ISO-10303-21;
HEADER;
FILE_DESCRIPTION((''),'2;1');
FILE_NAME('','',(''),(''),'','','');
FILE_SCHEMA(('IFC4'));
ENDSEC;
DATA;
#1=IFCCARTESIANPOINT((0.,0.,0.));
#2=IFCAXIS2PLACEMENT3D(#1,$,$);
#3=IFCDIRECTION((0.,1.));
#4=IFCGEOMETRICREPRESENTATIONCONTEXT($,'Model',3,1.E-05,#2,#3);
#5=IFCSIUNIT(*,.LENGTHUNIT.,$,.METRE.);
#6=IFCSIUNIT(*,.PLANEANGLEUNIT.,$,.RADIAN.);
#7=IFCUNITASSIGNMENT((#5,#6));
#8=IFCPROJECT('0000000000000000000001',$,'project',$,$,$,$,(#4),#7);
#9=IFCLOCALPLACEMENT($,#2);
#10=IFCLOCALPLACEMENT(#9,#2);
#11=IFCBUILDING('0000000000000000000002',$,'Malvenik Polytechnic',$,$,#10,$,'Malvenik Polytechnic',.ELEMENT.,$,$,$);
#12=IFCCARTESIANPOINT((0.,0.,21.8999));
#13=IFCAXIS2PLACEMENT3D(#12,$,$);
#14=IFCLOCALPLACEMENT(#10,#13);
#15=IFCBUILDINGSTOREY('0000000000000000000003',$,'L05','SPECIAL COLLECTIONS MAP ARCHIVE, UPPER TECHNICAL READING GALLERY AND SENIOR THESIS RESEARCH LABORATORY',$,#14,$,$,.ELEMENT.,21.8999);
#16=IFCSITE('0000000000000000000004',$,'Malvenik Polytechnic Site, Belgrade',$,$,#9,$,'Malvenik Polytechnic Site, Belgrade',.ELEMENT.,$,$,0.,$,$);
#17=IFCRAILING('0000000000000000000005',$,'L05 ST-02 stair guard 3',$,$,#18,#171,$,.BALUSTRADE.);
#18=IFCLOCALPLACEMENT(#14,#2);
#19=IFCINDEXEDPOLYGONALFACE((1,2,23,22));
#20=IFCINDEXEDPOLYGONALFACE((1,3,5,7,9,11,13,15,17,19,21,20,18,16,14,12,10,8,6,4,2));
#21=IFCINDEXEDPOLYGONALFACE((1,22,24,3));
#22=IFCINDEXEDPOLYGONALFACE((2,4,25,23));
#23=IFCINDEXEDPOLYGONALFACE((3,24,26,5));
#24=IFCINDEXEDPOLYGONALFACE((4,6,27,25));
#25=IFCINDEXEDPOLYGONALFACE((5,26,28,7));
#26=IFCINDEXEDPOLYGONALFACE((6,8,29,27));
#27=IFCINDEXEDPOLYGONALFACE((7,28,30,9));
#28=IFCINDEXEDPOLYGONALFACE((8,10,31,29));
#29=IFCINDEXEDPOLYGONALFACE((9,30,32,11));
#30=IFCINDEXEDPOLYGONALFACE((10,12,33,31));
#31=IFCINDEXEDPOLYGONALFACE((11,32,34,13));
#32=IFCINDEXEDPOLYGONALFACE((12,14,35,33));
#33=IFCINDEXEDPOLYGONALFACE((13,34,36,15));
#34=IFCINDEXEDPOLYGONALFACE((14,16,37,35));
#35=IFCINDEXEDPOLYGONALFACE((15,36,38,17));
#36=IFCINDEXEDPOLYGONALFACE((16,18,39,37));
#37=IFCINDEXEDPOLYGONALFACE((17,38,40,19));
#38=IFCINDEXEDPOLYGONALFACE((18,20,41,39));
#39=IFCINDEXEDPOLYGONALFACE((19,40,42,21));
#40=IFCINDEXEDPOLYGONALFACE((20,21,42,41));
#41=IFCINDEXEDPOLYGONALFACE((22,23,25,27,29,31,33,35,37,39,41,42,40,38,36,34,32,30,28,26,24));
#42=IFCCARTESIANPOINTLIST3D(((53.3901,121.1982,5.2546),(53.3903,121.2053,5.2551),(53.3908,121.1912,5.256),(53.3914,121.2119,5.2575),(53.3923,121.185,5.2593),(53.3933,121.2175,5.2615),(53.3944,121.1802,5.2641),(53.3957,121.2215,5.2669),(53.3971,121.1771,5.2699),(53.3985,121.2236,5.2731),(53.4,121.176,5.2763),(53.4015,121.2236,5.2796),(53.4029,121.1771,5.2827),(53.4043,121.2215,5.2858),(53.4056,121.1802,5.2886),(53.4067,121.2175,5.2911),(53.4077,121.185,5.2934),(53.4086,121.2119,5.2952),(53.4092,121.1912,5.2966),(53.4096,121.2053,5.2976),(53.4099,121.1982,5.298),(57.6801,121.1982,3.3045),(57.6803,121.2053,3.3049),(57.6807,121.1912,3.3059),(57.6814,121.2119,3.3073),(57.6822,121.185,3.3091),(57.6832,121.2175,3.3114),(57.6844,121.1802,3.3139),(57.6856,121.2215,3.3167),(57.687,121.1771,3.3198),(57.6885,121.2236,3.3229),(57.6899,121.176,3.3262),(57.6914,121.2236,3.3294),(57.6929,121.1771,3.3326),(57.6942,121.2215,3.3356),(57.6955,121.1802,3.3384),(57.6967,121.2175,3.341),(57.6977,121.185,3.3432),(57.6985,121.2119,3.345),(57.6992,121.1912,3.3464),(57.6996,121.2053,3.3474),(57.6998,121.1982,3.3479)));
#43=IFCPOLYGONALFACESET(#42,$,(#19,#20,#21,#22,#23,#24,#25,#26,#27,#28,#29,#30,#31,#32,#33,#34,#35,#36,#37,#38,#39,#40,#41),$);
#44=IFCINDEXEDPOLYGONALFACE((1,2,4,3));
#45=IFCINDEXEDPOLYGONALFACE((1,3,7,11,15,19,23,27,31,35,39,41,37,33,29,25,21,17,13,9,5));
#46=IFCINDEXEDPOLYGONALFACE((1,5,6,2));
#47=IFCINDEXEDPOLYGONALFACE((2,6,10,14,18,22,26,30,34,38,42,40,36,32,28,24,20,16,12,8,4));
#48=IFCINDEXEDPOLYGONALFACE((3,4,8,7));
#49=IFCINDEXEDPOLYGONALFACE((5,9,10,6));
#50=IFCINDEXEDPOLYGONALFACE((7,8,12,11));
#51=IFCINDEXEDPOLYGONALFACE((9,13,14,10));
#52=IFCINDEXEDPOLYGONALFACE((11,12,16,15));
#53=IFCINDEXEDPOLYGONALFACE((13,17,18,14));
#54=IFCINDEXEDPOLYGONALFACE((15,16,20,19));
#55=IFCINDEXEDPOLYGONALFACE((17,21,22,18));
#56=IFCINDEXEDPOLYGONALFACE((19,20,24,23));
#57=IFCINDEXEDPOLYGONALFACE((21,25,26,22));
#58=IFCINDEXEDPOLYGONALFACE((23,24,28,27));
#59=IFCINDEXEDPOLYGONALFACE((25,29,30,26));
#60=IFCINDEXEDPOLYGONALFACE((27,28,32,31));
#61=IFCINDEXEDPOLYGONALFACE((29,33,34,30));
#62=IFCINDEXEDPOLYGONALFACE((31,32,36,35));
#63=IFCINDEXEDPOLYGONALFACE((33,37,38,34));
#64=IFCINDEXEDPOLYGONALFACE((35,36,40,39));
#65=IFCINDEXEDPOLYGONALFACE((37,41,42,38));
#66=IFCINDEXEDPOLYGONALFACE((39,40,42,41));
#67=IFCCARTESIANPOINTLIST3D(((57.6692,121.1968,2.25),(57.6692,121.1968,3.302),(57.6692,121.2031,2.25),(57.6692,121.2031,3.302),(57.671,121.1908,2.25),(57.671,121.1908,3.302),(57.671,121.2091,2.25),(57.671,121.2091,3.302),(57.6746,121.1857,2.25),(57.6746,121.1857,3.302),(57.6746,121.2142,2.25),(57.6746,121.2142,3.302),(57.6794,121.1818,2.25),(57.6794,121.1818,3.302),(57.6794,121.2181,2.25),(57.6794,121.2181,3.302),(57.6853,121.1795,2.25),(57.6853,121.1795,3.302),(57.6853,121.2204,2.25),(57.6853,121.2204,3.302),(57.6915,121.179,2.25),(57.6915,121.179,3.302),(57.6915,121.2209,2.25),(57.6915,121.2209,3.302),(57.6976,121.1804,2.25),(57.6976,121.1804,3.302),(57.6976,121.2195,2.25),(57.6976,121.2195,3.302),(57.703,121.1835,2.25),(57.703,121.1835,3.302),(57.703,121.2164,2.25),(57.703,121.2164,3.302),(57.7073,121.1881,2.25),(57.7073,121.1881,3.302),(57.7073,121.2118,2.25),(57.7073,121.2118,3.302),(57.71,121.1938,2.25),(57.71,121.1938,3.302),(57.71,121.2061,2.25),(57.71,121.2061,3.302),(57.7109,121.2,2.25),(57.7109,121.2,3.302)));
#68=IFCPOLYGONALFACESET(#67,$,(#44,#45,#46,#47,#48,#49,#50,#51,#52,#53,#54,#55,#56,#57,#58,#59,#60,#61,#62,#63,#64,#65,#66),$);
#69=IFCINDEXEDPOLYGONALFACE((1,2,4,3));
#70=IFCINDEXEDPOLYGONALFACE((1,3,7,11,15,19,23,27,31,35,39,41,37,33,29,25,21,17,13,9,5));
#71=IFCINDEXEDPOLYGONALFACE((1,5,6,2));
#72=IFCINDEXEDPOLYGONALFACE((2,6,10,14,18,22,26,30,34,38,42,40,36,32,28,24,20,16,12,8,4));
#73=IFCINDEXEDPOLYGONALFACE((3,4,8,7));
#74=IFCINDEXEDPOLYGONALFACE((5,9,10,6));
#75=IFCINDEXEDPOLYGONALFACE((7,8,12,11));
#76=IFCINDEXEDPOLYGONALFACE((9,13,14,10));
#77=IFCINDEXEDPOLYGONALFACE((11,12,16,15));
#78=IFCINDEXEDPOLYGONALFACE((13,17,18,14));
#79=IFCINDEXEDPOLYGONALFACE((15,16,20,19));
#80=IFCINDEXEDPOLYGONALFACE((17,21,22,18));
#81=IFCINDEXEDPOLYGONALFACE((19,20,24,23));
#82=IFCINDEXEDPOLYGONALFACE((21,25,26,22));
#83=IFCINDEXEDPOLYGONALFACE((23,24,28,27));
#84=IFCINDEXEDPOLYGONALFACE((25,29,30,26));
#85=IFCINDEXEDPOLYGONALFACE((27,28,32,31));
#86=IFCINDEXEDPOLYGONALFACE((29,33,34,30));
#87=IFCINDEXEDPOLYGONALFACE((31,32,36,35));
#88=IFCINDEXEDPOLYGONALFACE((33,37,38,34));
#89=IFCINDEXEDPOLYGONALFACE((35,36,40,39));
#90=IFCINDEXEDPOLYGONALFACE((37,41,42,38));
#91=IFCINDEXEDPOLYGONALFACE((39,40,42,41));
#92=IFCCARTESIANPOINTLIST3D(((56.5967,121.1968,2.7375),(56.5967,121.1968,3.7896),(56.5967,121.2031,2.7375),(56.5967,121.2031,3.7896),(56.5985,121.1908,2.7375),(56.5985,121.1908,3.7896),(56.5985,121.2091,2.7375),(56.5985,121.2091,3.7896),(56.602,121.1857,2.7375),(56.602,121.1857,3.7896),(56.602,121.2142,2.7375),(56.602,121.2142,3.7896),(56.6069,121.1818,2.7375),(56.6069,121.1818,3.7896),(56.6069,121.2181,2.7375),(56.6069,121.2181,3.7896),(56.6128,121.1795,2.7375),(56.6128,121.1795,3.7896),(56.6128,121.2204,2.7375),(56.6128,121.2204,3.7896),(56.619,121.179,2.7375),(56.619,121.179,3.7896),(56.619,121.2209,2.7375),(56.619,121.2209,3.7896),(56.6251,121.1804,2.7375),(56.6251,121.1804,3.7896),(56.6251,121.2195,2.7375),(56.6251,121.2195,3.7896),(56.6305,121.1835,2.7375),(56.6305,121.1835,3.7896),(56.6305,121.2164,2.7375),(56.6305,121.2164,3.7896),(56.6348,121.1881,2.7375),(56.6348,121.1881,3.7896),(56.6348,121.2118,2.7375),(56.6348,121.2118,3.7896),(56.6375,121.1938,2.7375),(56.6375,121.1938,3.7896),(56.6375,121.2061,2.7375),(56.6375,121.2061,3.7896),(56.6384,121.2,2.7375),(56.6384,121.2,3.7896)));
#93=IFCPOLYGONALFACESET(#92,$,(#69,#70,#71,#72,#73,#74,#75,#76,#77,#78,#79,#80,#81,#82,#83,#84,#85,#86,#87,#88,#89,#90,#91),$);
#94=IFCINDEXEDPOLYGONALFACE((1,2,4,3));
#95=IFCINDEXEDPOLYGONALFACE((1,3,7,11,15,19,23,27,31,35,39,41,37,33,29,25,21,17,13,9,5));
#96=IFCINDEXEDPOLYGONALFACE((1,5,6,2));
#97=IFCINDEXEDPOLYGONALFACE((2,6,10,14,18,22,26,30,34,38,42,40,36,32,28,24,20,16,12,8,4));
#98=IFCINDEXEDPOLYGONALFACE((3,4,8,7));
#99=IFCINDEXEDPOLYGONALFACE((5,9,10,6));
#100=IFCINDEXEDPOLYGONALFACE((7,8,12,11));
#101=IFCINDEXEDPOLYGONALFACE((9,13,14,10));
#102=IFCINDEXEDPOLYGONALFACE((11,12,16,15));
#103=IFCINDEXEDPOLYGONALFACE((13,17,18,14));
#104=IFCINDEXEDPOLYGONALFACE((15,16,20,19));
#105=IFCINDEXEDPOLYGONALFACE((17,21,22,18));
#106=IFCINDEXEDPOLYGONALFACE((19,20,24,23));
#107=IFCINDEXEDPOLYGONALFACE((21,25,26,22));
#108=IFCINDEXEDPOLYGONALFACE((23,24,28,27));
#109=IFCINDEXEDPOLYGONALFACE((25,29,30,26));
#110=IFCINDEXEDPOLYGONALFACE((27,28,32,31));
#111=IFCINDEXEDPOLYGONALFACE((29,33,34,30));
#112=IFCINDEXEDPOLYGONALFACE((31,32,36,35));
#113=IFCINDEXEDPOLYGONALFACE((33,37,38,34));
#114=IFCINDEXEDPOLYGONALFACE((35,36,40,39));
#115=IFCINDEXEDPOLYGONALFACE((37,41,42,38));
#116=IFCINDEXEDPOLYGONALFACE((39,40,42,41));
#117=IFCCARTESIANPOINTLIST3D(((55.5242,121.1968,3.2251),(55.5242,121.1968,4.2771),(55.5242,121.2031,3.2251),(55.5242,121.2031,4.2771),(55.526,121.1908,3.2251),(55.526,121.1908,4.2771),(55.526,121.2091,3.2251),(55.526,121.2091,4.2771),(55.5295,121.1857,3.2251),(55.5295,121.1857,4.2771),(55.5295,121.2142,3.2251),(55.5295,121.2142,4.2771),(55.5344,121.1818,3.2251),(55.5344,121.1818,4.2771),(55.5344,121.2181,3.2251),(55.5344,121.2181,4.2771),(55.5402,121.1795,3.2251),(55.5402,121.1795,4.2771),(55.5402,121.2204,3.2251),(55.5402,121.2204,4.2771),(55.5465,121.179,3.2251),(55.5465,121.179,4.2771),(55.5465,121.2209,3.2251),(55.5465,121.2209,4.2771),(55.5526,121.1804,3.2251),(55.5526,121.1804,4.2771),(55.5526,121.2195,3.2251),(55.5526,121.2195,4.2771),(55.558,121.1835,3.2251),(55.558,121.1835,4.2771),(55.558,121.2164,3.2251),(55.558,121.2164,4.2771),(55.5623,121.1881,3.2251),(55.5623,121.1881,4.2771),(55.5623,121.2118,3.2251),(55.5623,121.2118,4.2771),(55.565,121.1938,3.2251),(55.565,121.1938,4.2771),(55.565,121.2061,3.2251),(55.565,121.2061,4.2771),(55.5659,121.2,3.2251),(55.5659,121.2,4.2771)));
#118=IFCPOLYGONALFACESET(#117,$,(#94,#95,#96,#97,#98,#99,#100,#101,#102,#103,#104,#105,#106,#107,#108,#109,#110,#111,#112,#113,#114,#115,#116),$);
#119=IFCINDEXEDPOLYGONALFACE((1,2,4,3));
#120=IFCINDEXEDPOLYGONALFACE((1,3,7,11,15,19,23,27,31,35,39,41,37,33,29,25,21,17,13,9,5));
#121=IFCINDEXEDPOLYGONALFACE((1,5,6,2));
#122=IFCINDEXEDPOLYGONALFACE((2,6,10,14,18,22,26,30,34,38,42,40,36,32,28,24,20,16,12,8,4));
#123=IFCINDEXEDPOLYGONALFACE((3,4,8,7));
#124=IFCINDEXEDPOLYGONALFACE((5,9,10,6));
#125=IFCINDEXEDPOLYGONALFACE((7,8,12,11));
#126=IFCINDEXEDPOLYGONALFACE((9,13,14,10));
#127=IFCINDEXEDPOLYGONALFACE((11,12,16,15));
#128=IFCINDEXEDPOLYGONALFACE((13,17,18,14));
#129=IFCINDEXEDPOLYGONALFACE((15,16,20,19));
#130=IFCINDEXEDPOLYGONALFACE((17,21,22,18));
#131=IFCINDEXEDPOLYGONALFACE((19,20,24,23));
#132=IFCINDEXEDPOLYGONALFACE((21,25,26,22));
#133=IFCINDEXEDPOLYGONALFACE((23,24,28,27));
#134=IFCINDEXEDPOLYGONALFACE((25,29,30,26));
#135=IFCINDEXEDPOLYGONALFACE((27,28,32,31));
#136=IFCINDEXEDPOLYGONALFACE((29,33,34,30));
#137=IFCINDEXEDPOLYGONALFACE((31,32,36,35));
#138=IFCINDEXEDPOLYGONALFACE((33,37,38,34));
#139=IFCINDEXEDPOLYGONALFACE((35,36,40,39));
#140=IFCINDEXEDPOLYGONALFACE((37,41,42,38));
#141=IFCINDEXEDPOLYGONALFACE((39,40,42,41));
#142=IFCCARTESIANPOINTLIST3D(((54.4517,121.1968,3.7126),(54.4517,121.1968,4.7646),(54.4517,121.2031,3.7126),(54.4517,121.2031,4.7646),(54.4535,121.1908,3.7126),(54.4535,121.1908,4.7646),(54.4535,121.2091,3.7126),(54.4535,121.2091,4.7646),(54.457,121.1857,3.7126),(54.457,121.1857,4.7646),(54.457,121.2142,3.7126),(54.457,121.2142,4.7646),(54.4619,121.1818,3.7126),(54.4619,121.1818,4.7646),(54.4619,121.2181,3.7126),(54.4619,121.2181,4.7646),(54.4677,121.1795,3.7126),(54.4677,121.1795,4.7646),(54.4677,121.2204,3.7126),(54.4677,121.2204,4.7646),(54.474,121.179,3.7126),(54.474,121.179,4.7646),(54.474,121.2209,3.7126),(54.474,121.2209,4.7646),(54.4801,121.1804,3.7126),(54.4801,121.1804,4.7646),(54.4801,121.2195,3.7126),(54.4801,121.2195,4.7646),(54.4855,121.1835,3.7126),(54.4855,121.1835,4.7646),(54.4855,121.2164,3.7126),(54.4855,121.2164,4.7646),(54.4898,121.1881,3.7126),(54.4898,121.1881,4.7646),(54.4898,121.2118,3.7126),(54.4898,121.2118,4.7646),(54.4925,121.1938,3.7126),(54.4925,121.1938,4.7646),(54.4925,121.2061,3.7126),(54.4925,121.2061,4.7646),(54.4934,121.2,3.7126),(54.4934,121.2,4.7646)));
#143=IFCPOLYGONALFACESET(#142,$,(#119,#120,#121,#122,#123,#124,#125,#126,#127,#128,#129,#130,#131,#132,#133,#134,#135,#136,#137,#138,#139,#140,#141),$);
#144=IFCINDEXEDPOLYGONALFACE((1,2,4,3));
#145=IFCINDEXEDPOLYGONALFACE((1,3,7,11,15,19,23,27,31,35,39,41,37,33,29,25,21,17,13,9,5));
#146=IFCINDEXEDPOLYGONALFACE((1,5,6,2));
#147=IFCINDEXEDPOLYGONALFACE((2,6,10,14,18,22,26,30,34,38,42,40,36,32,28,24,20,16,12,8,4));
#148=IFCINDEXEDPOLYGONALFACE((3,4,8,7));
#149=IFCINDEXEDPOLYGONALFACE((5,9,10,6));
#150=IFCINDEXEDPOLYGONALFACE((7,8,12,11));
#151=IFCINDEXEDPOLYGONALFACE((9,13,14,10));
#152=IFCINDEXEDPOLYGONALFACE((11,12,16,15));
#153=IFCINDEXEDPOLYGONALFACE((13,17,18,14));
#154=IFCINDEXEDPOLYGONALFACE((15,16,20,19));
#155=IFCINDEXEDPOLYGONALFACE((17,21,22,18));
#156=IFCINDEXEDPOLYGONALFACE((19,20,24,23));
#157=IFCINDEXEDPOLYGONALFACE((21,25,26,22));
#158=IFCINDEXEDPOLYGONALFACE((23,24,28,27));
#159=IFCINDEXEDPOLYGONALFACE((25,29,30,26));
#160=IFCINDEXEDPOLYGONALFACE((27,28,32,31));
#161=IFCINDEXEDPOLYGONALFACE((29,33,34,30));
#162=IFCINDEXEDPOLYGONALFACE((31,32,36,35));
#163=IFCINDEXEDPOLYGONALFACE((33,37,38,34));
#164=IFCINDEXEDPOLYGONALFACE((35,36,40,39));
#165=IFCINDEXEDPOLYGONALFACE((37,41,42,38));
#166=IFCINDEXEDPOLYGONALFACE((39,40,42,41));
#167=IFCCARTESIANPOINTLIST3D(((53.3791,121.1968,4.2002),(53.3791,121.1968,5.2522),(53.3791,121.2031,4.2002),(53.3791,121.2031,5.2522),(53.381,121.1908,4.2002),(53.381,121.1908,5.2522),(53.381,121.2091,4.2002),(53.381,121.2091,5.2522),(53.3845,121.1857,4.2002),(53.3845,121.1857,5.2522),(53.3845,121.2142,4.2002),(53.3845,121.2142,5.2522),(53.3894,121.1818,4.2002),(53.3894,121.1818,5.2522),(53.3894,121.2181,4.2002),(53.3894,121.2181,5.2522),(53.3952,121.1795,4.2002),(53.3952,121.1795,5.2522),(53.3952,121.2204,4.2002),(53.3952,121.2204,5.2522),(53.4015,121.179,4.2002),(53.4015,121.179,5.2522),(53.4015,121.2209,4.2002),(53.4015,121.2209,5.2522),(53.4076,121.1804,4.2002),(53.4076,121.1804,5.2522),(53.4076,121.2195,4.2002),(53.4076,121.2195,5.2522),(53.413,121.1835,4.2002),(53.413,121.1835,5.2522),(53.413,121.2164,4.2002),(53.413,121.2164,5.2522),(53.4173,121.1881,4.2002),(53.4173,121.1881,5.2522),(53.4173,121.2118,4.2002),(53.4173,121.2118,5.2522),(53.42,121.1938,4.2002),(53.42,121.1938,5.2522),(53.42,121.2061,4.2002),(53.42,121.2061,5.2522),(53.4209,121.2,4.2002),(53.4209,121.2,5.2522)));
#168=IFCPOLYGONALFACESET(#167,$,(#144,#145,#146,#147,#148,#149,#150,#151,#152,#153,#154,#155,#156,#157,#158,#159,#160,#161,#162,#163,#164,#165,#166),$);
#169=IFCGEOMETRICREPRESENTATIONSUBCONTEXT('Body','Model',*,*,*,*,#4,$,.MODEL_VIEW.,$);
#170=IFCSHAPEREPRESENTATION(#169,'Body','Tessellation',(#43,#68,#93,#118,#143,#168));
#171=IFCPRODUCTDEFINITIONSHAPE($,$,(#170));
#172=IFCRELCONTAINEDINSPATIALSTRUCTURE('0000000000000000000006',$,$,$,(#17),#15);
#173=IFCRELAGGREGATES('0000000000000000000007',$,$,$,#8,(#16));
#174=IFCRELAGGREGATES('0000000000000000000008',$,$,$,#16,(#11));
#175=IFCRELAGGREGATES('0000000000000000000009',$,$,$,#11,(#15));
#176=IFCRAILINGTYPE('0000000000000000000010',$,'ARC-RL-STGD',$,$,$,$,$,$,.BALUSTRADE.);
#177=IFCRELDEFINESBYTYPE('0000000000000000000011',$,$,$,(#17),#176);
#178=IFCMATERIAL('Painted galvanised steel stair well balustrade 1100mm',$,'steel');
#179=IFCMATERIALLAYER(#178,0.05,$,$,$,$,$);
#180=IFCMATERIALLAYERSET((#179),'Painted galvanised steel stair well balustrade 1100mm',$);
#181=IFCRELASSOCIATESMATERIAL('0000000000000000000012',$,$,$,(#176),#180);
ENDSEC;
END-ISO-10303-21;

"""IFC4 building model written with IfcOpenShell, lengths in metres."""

from ifc_helpers import new_model, si_unit, direction, frame, origin, origin_2d, place, context, subcontext, project, spatial, circle, extrude, material, layer, layer_set, type_object, element, save


model = new_model("IFC4")

# Units and contexts
model_context = context("Model", 3, precision=1e-05, world=origin(), true_north=direction((0.0, 1.0)))
body_context = subcontext(model_context, "Body", "Model", "MODEL_VIEW")
ifc_project = project(units=[si_unit("LENGTHUNIT", "METRE"), si_unit("PLANEANGLEUNIT", "RADIAN")], contexts=[model_context])

# Site, building, storey
site_placement = place(None, origin())
site = spatial("IfcSite", under=ifc_project, at=site_placement, Name="Malvenik Polytechnic Site, Belgrade", LongName="Malvenik Polytechnic Site, Belgrade", CompositionType="ELEMENT", RefElevation=0.0)
building_placement = place(site_placement, origin())
building = spatial("IfcBuilding", under=site, at=building_placement, Name="Malvenik Polytechnic", LongName="Malvenik Polytechnic", CompositionType="ELEMENT")
storey_placement = place(building_placement, frame((0.0, 0.0, 21.8999)))
storey = spatial("IfcBuildingStorey", under=building, at=storey_placement, Name="L05", Description="SPECIAL COLLECTIONS MAP ARCHIVE, UPPER TECHNICAL READING GALLERY AND SENIOR THESIS RESEARCH LABORATORY", CompositionType="ELEMENT", Elevation=21.8999)

# Railing
ifc_material_1 = material(Name="Painted galvanised steel stair well balustrade 1100mm", Category="steel")
ifc_layer_1 = layer(ifc_material_1, 0.05)
ifc_layer_set_1 = layer_set([ifc_layer_1], Name="Painted galvanised steel stair well balustrade 1100mm")
railing_type_1 = type_object("IfcRailingType", Name="ARC-RL-STGD", PredefinedType="BALUSTRADE", material=ifc_layer_set_1)
railing_1_placement = place(storey_placement, frame((57.6899, 121.2, 2.25)))
element("IfcRailing", 1, at=railing_1_placement, inside=storey, type_object=railing_type_1, Name="L05 ST-02 stair guard 3", PredefinedType="BALUSTRADE", context=body_context, shape_type="SweptSolid", body=[
    extrude(circle(Radius=0.0239, at=origin_2d()), frame((0.0, 0.0, 1.0762), z_axis=(-0.910352, 0.0, 0.413834), x_axis=(0.0, -1.0, 0.0)), (0.0, 0.0, 1.0), 4.7124),
    extrude(circle(Radius=0.021, at=origin_2d()), origin(), (0.0, 0.0, 1.0), 1.052),
    extrude(circle(Radius=0.021, at=origin_2d()), frame((-1.0725, 0.0, 0.4875)), (0.0, 0.0, 1.0), 1.052),
    extrude(circle(Radius=0.021, at=origin_2d()), frame((-2.145, 0.0, 0.9751)), (0.0, 0.0, 1.0), 1.052),
    extrude(circle(Radius=0.021, at=origin_2d()), frame((-3.2175, 0.0, 1.4626)), (0.0, 0.0, 1.0), 1.052),
    extrude(circle(Radius=0.021, at=origin_2d()), frame((-4.29, 0.0, 1.9502)), (0.0, 0.0, 1.0), 1.052),
])

save(model, "model.ifc")
